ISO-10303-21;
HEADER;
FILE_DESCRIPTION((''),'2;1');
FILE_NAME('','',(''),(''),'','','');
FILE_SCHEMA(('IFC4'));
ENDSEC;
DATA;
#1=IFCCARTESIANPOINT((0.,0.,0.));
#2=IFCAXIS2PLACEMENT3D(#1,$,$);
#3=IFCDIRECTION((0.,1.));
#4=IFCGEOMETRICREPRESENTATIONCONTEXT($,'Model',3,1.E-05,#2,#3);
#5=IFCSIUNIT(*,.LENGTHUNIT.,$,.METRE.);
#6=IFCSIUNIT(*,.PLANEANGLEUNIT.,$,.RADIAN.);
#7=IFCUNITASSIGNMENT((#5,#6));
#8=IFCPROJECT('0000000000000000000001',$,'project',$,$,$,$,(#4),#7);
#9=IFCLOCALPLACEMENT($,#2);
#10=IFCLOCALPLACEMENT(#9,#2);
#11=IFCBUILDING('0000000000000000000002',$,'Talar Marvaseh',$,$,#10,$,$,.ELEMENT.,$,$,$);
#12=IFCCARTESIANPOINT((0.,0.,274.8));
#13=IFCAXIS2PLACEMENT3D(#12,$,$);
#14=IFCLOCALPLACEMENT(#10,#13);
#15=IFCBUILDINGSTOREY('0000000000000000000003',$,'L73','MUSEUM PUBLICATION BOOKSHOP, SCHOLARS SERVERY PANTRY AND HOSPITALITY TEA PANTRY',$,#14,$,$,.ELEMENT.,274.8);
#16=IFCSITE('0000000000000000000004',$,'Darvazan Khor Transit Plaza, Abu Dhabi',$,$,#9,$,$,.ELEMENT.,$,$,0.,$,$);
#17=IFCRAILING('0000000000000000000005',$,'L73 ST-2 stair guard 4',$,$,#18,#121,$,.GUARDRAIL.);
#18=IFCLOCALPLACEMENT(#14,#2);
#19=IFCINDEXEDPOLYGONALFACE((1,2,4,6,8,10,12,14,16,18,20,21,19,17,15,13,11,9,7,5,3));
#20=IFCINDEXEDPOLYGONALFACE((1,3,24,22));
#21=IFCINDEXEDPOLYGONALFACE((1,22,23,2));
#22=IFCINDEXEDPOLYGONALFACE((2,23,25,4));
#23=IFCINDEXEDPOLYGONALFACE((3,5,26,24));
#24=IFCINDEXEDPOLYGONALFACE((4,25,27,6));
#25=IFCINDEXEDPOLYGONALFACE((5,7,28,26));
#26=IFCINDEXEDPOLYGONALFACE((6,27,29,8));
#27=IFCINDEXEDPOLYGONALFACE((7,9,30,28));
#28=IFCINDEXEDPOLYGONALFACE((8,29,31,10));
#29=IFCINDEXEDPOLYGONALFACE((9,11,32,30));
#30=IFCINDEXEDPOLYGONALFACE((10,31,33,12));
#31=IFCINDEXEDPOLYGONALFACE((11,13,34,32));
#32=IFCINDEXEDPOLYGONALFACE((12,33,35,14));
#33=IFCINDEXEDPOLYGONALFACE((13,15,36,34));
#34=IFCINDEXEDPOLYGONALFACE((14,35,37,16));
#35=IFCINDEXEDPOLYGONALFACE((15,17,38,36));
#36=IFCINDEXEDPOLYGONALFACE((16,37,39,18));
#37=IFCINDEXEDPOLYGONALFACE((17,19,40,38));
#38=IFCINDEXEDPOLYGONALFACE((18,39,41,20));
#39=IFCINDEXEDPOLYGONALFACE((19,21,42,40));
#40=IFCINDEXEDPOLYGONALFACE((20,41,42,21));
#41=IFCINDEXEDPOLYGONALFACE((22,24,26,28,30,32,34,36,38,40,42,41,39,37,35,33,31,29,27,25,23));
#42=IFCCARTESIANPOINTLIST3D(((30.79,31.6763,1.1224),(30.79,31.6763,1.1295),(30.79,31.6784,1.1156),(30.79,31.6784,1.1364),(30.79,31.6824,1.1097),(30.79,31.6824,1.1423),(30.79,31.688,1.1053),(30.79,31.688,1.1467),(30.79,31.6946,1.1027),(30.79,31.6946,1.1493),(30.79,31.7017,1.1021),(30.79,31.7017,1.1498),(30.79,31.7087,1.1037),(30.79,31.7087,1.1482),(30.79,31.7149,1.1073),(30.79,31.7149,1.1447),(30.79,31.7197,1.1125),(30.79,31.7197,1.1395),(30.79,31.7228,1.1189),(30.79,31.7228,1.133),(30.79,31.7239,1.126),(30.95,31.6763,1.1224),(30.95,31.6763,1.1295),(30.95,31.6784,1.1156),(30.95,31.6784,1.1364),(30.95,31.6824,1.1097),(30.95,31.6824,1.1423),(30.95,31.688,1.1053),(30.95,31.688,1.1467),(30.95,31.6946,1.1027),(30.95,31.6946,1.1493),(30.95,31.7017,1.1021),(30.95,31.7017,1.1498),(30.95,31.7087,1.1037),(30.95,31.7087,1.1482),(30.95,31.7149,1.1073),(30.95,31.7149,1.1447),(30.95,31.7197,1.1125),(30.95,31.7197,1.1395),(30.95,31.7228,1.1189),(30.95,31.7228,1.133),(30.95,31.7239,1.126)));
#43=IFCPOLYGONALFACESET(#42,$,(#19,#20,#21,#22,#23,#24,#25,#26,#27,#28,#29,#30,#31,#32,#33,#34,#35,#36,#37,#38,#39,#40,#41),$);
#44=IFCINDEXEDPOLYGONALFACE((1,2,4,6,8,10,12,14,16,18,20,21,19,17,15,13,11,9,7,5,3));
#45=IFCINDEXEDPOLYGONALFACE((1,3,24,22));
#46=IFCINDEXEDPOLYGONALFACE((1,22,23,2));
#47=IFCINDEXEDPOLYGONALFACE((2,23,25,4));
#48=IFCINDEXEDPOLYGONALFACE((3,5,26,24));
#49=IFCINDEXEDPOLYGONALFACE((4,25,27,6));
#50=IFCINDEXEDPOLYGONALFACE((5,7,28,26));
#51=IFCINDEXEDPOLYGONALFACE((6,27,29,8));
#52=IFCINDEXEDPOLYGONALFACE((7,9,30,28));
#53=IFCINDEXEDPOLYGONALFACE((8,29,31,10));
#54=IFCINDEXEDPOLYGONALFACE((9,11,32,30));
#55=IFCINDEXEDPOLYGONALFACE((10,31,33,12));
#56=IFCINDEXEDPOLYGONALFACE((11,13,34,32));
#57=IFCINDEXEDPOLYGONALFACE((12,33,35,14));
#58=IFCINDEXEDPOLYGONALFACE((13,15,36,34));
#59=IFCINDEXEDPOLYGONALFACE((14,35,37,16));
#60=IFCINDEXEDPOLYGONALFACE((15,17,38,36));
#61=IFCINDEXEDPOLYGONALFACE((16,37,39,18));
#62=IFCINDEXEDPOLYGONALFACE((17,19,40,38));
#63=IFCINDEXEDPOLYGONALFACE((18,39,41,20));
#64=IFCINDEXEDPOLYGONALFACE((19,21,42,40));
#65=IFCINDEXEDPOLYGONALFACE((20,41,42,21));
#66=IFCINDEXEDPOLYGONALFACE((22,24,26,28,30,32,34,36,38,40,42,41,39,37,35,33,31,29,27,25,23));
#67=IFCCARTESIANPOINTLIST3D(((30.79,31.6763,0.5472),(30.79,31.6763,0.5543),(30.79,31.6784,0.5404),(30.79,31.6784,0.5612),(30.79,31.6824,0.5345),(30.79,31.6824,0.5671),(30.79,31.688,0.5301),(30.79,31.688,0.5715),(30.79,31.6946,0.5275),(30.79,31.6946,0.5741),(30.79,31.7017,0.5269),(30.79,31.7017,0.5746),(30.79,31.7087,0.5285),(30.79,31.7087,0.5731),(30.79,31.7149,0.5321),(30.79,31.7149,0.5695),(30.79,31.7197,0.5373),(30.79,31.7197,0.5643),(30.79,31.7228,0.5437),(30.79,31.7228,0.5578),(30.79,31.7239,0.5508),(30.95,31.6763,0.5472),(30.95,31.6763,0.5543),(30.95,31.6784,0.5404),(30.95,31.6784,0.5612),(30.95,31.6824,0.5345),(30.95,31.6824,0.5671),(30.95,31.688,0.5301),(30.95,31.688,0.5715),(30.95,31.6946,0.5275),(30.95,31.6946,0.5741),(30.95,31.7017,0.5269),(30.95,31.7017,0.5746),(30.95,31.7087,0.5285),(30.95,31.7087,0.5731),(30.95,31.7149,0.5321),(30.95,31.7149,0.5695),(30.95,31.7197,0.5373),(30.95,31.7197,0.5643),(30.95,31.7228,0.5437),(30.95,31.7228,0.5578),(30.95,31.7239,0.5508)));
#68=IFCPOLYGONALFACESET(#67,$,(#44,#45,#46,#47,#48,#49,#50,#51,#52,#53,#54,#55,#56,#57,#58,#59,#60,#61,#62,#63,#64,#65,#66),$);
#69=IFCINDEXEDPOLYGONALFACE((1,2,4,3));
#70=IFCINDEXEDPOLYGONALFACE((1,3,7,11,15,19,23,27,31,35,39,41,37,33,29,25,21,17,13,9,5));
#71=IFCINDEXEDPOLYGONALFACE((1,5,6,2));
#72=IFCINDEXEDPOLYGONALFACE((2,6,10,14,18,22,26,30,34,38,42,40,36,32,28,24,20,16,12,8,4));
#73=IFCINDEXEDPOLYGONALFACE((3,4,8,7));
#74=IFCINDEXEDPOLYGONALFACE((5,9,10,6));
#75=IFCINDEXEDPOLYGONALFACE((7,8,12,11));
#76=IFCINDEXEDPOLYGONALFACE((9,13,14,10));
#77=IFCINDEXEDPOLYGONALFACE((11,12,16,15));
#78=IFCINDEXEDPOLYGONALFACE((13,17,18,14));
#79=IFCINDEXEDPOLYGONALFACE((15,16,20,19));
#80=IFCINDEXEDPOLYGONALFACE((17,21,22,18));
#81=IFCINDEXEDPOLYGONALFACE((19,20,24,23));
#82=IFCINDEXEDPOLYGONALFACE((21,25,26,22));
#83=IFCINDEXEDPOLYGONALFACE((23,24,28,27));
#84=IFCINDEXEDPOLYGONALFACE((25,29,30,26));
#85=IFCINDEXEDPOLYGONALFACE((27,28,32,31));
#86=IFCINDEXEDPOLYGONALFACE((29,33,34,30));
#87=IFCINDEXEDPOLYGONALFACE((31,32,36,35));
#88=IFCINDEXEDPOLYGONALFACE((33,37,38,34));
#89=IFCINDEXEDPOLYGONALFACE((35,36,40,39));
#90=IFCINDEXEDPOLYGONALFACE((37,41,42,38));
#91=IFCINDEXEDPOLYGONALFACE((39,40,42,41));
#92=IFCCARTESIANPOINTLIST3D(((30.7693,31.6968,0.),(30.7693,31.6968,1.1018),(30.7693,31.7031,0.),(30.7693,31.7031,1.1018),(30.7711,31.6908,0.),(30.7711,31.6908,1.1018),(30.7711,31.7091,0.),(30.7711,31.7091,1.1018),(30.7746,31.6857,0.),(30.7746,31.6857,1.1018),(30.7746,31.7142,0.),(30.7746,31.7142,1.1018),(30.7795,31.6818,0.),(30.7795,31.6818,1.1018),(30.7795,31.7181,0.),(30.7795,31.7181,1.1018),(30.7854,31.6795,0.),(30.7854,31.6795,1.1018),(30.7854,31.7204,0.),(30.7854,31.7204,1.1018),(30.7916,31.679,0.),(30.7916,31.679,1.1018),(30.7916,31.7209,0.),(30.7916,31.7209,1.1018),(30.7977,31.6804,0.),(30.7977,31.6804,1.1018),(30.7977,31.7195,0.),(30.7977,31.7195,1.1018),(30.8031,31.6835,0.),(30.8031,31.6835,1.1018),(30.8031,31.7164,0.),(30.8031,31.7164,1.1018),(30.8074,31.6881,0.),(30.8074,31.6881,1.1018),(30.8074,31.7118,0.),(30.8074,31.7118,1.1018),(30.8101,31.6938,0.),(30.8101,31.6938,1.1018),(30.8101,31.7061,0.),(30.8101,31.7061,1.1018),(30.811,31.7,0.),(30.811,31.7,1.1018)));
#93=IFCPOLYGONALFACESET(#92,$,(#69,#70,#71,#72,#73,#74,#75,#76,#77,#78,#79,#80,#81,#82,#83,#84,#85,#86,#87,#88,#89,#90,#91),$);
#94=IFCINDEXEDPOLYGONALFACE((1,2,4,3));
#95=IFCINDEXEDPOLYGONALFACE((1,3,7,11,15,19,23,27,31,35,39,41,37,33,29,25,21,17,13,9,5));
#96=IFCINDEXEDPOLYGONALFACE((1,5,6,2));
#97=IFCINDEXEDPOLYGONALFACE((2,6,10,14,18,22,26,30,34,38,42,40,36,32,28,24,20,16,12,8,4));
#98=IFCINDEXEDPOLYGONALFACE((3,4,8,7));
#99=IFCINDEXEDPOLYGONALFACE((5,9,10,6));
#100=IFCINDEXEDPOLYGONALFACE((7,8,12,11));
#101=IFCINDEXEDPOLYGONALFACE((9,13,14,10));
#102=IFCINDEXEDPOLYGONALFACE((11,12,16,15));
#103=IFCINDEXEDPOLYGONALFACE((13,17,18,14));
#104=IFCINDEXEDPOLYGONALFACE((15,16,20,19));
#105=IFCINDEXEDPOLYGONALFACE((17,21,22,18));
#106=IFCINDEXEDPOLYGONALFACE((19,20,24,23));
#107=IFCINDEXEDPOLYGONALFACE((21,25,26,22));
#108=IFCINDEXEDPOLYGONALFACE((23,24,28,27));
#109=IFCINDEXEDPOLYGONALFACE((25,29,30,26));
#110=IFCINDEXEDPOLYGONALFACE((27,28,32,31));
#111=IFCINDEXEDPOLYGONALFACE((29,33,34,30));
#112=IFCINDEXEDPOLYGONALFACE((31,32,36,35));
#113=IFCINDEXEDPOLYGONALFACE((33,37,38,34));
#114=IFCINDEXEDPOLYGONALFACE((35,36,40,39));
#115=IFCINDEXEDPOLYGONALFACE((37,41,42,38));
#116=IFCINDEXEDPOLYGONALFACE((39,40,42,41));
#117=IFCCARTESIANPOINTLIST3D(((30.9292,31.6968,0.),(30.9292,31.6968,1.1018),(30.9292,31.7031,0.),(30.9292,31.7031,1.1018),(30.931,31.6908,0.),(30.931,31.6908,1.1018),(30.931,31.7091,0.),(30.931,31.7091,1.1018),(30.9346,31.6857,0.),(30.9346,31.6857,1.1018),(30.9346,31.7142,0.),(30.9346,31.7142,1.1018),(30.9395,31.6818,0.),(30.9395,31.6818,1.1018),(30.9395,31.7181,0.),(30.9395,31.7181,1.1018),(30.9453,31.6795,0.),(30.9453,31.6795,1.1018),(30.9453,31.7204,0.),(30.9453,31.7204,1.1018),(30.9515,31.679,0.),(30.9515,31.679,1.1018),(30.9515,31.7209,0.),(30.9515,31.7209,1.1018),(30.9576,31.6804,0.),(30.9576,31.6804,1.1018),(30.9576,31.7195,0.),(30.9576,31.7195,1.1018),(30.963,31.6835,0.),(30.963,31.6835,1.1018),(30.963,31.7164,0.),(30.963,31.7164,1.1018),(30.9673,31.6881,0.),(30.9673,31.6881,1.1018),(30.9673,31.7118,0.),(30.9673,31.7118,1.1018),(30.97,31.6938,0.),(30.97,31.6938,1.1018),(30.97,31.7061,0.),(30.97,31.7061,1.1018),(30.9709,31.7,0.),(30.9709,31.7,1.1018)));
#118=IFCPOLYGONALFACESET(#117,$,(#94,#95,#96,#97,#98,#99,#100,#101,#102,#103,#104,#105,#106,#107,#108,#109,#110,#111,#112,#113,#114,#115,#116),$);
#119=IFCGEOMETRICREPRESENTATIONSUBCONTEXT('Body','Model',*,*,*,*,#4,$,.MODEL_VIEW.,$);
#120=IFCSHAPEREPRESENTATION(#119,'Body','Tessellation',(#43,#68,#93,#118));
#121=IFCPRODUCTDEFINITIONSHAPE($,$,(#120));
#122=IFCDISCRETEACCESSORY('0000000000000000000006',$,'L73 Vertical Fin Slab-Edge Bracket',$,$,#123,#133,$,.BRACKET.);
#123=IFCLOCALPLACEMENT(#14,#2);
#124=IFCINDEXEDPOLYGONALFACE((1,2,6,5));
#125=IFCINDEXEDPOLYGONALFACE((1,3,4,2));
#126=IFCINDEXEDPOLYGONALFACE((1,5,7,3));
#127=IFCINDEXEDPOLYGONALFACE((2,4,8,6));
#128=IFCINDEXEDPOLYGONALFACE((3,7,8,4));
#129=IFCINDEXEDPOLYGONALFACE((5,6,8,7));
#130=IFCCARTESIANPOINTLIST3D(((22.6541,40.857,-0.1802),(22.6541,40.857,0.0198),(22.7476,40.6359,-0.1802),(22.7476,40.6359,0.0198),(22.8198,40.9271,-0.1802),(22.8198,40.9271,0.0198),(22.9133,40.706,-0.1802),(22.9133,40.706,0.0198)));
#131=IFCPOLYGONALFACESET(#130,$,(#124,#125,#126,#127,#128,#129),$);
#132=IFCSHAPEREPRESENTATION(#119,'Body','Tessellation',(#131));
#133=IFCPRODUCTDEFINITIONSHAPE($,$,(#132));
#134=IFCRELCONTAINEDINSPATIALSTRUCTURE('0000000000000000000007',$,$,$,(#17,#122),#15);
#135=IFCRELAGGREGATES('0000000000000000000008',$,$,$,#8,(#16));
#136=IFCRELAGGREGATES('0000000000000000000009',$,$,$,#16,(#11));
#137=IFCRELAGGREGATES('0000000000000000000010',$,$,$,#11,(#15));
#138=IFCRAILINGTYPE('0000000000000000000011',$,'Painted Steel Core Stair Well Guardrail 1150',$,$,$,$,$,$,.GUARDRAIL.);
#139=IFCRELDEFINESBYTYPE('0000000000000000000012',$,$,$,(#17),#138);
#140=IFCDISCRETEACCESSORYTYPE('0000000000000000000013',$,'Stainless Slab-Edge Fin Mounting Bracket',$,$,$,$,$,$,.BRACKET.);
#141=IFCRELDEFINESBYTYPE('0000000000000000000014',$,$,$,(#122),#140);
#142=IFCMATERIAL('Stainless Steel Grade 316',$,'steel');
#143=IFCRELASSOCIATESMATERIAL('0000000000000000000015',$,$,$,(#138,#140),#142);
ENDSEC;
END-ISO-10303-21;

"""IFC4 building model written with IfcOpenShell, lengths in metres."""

from ifc_helpers import new_model, si_unit, direction, frame, origin, origin_2d, place, context, subcontext, project, spatial, rectangle, circle, extrude, source, transform, mapped, material, type_object, type_shapes, element, save


model = new_model("IFC4")

# Units and contexts
model_context = context("Model", 3, precision=1e-05, world=origin(), true_north=direction((0.0, 1.0)))
body_context = subcontext(model_context, "Body", "Model", "MODEL_VIEW")
ifc_project = project(units=[si_unit("LENGTHUNIT", "METRE"), si_unit("PLANEANGLEUNIT", "RADIAN")], contexts=[model_context])

# Site, building, storey
site_placement = place(None, origin())
site = spatial("IfcSite", under=ifc_project, at=site_placement, Name="Darvazan Khor Transit Plaza, Abu Dhabi", CompositionType="ELEMENT", RefElevation=0.0)
building_placement = place(site_placement, origin())
building = spatial("IfcBuilding", under=site, at=building_placement, Name="Talar Marvaseh", CompositionType="ELEMENT")
storey_placement = place(building_placement, frame((0.0, 0.0, 274.8)))
storey = spatial("IfcBuildingStorey", under=building, at=storey_placement, Name="L73", Description="MUSEUM PUBLICATION BOOKSHOP, SCHOLARS SERVERY PANTRY AND HOSPITALITY TEA PANTRY", CompositionType="ELEMENT", Elevation=274.8)

# Shared definitions
ifc_material_1 = material(Name="Stainless Steel Grade 316", Category="steel")

# Railing
railing_type_1 = type_object("IfcRailingType", Name="Painted Steel Core Stair Well Guardrail 1150", PredefinedType="GUARDRAIL", material=ifc_material_1)
railing_1_placement = place(storey_placement, frame((30.79, 31.7, 0.0)))
element("IfcRailing", 1, at=railing_1_placement, inside=storey, type_object=railing_type_1, Name="L73 ST-2 stair guard 4", PredefinedType="GUARDRAIL", context=body_context, shape_type="SweptSolid", body=[
    extrude(circle(Radius=0.0239, at=origin_2d()), frame((0.0, 0.0, 1.126), z_axis=(1.0, 0.0, 0.0), x_axis=(0.0, 1.0, 0.0)), (0.0, 0.0, 1.0), 0.1599),
    extrude(circle(Radius=0.0239, at=origin_2d()), frame((0.0, 0.0, 0.5508), z_axis=(1.0, 0.0, 0.0), x_axis=(0.0, 1.0, 0.0)), (0.0, 0.0, 1.0), 0.1599),
    extrude(circle(Radius=0.021, at=origin_2d()), origin(), (0.0, 0.0, 1.0), 1.1018),
    extrude(circle(Radius=0.021, at=origin_2d()), frame((0.1599, 0.0, 0.0)), (0.0, 0.0, 1.0), 1.1018),
])

# Discrete accessory
discrete_accessory_type = type_object("IfcDiscreteAccessoryType", Name="Stainless Slab-Edge Fin Mounting Bracket", PredefinedType="BRACKET", material=ifc_material_1)
shared_shape_1 = source(origin(), body_context, "Body", "SweptSolid", [
    extrude(rectangle(XDim=0.24, YDim=0.1799, at=origin_2d()), origin(), (0.0, 0.0, 1.0), 0.2),
])
type_shapes(discrete_accessory_type, [shared_shape_1])
discrete_accessory_placement = place(storey_placement, frame((22.7837, 40.7815, -0.1802), z_axis=(0.0, 0.0, 1.0), x_axis=(-0.389606, 0.920982, 0.0)))
element("IfcDiscreteAccessory", 2, at=discrete_accessory_placement, inside=storey, type_object=discrete_accessory_type, Name="L73 Vertical Fin Slab-Edge Bracket", PredefinedType="BRACKET", context=body_context, shape_type="MappedRepresentation", body=[
    mapped(shared_shape_1, transform((0.0, 0.0, 0.0), x_axis=(1.0, 0.0, 0.0), y_axis=(0.0, 1.0, 0.0), z_axis=(0.0, 0.0, 1.0), scale=1.0)),
])

save(model, "model.ifc")
